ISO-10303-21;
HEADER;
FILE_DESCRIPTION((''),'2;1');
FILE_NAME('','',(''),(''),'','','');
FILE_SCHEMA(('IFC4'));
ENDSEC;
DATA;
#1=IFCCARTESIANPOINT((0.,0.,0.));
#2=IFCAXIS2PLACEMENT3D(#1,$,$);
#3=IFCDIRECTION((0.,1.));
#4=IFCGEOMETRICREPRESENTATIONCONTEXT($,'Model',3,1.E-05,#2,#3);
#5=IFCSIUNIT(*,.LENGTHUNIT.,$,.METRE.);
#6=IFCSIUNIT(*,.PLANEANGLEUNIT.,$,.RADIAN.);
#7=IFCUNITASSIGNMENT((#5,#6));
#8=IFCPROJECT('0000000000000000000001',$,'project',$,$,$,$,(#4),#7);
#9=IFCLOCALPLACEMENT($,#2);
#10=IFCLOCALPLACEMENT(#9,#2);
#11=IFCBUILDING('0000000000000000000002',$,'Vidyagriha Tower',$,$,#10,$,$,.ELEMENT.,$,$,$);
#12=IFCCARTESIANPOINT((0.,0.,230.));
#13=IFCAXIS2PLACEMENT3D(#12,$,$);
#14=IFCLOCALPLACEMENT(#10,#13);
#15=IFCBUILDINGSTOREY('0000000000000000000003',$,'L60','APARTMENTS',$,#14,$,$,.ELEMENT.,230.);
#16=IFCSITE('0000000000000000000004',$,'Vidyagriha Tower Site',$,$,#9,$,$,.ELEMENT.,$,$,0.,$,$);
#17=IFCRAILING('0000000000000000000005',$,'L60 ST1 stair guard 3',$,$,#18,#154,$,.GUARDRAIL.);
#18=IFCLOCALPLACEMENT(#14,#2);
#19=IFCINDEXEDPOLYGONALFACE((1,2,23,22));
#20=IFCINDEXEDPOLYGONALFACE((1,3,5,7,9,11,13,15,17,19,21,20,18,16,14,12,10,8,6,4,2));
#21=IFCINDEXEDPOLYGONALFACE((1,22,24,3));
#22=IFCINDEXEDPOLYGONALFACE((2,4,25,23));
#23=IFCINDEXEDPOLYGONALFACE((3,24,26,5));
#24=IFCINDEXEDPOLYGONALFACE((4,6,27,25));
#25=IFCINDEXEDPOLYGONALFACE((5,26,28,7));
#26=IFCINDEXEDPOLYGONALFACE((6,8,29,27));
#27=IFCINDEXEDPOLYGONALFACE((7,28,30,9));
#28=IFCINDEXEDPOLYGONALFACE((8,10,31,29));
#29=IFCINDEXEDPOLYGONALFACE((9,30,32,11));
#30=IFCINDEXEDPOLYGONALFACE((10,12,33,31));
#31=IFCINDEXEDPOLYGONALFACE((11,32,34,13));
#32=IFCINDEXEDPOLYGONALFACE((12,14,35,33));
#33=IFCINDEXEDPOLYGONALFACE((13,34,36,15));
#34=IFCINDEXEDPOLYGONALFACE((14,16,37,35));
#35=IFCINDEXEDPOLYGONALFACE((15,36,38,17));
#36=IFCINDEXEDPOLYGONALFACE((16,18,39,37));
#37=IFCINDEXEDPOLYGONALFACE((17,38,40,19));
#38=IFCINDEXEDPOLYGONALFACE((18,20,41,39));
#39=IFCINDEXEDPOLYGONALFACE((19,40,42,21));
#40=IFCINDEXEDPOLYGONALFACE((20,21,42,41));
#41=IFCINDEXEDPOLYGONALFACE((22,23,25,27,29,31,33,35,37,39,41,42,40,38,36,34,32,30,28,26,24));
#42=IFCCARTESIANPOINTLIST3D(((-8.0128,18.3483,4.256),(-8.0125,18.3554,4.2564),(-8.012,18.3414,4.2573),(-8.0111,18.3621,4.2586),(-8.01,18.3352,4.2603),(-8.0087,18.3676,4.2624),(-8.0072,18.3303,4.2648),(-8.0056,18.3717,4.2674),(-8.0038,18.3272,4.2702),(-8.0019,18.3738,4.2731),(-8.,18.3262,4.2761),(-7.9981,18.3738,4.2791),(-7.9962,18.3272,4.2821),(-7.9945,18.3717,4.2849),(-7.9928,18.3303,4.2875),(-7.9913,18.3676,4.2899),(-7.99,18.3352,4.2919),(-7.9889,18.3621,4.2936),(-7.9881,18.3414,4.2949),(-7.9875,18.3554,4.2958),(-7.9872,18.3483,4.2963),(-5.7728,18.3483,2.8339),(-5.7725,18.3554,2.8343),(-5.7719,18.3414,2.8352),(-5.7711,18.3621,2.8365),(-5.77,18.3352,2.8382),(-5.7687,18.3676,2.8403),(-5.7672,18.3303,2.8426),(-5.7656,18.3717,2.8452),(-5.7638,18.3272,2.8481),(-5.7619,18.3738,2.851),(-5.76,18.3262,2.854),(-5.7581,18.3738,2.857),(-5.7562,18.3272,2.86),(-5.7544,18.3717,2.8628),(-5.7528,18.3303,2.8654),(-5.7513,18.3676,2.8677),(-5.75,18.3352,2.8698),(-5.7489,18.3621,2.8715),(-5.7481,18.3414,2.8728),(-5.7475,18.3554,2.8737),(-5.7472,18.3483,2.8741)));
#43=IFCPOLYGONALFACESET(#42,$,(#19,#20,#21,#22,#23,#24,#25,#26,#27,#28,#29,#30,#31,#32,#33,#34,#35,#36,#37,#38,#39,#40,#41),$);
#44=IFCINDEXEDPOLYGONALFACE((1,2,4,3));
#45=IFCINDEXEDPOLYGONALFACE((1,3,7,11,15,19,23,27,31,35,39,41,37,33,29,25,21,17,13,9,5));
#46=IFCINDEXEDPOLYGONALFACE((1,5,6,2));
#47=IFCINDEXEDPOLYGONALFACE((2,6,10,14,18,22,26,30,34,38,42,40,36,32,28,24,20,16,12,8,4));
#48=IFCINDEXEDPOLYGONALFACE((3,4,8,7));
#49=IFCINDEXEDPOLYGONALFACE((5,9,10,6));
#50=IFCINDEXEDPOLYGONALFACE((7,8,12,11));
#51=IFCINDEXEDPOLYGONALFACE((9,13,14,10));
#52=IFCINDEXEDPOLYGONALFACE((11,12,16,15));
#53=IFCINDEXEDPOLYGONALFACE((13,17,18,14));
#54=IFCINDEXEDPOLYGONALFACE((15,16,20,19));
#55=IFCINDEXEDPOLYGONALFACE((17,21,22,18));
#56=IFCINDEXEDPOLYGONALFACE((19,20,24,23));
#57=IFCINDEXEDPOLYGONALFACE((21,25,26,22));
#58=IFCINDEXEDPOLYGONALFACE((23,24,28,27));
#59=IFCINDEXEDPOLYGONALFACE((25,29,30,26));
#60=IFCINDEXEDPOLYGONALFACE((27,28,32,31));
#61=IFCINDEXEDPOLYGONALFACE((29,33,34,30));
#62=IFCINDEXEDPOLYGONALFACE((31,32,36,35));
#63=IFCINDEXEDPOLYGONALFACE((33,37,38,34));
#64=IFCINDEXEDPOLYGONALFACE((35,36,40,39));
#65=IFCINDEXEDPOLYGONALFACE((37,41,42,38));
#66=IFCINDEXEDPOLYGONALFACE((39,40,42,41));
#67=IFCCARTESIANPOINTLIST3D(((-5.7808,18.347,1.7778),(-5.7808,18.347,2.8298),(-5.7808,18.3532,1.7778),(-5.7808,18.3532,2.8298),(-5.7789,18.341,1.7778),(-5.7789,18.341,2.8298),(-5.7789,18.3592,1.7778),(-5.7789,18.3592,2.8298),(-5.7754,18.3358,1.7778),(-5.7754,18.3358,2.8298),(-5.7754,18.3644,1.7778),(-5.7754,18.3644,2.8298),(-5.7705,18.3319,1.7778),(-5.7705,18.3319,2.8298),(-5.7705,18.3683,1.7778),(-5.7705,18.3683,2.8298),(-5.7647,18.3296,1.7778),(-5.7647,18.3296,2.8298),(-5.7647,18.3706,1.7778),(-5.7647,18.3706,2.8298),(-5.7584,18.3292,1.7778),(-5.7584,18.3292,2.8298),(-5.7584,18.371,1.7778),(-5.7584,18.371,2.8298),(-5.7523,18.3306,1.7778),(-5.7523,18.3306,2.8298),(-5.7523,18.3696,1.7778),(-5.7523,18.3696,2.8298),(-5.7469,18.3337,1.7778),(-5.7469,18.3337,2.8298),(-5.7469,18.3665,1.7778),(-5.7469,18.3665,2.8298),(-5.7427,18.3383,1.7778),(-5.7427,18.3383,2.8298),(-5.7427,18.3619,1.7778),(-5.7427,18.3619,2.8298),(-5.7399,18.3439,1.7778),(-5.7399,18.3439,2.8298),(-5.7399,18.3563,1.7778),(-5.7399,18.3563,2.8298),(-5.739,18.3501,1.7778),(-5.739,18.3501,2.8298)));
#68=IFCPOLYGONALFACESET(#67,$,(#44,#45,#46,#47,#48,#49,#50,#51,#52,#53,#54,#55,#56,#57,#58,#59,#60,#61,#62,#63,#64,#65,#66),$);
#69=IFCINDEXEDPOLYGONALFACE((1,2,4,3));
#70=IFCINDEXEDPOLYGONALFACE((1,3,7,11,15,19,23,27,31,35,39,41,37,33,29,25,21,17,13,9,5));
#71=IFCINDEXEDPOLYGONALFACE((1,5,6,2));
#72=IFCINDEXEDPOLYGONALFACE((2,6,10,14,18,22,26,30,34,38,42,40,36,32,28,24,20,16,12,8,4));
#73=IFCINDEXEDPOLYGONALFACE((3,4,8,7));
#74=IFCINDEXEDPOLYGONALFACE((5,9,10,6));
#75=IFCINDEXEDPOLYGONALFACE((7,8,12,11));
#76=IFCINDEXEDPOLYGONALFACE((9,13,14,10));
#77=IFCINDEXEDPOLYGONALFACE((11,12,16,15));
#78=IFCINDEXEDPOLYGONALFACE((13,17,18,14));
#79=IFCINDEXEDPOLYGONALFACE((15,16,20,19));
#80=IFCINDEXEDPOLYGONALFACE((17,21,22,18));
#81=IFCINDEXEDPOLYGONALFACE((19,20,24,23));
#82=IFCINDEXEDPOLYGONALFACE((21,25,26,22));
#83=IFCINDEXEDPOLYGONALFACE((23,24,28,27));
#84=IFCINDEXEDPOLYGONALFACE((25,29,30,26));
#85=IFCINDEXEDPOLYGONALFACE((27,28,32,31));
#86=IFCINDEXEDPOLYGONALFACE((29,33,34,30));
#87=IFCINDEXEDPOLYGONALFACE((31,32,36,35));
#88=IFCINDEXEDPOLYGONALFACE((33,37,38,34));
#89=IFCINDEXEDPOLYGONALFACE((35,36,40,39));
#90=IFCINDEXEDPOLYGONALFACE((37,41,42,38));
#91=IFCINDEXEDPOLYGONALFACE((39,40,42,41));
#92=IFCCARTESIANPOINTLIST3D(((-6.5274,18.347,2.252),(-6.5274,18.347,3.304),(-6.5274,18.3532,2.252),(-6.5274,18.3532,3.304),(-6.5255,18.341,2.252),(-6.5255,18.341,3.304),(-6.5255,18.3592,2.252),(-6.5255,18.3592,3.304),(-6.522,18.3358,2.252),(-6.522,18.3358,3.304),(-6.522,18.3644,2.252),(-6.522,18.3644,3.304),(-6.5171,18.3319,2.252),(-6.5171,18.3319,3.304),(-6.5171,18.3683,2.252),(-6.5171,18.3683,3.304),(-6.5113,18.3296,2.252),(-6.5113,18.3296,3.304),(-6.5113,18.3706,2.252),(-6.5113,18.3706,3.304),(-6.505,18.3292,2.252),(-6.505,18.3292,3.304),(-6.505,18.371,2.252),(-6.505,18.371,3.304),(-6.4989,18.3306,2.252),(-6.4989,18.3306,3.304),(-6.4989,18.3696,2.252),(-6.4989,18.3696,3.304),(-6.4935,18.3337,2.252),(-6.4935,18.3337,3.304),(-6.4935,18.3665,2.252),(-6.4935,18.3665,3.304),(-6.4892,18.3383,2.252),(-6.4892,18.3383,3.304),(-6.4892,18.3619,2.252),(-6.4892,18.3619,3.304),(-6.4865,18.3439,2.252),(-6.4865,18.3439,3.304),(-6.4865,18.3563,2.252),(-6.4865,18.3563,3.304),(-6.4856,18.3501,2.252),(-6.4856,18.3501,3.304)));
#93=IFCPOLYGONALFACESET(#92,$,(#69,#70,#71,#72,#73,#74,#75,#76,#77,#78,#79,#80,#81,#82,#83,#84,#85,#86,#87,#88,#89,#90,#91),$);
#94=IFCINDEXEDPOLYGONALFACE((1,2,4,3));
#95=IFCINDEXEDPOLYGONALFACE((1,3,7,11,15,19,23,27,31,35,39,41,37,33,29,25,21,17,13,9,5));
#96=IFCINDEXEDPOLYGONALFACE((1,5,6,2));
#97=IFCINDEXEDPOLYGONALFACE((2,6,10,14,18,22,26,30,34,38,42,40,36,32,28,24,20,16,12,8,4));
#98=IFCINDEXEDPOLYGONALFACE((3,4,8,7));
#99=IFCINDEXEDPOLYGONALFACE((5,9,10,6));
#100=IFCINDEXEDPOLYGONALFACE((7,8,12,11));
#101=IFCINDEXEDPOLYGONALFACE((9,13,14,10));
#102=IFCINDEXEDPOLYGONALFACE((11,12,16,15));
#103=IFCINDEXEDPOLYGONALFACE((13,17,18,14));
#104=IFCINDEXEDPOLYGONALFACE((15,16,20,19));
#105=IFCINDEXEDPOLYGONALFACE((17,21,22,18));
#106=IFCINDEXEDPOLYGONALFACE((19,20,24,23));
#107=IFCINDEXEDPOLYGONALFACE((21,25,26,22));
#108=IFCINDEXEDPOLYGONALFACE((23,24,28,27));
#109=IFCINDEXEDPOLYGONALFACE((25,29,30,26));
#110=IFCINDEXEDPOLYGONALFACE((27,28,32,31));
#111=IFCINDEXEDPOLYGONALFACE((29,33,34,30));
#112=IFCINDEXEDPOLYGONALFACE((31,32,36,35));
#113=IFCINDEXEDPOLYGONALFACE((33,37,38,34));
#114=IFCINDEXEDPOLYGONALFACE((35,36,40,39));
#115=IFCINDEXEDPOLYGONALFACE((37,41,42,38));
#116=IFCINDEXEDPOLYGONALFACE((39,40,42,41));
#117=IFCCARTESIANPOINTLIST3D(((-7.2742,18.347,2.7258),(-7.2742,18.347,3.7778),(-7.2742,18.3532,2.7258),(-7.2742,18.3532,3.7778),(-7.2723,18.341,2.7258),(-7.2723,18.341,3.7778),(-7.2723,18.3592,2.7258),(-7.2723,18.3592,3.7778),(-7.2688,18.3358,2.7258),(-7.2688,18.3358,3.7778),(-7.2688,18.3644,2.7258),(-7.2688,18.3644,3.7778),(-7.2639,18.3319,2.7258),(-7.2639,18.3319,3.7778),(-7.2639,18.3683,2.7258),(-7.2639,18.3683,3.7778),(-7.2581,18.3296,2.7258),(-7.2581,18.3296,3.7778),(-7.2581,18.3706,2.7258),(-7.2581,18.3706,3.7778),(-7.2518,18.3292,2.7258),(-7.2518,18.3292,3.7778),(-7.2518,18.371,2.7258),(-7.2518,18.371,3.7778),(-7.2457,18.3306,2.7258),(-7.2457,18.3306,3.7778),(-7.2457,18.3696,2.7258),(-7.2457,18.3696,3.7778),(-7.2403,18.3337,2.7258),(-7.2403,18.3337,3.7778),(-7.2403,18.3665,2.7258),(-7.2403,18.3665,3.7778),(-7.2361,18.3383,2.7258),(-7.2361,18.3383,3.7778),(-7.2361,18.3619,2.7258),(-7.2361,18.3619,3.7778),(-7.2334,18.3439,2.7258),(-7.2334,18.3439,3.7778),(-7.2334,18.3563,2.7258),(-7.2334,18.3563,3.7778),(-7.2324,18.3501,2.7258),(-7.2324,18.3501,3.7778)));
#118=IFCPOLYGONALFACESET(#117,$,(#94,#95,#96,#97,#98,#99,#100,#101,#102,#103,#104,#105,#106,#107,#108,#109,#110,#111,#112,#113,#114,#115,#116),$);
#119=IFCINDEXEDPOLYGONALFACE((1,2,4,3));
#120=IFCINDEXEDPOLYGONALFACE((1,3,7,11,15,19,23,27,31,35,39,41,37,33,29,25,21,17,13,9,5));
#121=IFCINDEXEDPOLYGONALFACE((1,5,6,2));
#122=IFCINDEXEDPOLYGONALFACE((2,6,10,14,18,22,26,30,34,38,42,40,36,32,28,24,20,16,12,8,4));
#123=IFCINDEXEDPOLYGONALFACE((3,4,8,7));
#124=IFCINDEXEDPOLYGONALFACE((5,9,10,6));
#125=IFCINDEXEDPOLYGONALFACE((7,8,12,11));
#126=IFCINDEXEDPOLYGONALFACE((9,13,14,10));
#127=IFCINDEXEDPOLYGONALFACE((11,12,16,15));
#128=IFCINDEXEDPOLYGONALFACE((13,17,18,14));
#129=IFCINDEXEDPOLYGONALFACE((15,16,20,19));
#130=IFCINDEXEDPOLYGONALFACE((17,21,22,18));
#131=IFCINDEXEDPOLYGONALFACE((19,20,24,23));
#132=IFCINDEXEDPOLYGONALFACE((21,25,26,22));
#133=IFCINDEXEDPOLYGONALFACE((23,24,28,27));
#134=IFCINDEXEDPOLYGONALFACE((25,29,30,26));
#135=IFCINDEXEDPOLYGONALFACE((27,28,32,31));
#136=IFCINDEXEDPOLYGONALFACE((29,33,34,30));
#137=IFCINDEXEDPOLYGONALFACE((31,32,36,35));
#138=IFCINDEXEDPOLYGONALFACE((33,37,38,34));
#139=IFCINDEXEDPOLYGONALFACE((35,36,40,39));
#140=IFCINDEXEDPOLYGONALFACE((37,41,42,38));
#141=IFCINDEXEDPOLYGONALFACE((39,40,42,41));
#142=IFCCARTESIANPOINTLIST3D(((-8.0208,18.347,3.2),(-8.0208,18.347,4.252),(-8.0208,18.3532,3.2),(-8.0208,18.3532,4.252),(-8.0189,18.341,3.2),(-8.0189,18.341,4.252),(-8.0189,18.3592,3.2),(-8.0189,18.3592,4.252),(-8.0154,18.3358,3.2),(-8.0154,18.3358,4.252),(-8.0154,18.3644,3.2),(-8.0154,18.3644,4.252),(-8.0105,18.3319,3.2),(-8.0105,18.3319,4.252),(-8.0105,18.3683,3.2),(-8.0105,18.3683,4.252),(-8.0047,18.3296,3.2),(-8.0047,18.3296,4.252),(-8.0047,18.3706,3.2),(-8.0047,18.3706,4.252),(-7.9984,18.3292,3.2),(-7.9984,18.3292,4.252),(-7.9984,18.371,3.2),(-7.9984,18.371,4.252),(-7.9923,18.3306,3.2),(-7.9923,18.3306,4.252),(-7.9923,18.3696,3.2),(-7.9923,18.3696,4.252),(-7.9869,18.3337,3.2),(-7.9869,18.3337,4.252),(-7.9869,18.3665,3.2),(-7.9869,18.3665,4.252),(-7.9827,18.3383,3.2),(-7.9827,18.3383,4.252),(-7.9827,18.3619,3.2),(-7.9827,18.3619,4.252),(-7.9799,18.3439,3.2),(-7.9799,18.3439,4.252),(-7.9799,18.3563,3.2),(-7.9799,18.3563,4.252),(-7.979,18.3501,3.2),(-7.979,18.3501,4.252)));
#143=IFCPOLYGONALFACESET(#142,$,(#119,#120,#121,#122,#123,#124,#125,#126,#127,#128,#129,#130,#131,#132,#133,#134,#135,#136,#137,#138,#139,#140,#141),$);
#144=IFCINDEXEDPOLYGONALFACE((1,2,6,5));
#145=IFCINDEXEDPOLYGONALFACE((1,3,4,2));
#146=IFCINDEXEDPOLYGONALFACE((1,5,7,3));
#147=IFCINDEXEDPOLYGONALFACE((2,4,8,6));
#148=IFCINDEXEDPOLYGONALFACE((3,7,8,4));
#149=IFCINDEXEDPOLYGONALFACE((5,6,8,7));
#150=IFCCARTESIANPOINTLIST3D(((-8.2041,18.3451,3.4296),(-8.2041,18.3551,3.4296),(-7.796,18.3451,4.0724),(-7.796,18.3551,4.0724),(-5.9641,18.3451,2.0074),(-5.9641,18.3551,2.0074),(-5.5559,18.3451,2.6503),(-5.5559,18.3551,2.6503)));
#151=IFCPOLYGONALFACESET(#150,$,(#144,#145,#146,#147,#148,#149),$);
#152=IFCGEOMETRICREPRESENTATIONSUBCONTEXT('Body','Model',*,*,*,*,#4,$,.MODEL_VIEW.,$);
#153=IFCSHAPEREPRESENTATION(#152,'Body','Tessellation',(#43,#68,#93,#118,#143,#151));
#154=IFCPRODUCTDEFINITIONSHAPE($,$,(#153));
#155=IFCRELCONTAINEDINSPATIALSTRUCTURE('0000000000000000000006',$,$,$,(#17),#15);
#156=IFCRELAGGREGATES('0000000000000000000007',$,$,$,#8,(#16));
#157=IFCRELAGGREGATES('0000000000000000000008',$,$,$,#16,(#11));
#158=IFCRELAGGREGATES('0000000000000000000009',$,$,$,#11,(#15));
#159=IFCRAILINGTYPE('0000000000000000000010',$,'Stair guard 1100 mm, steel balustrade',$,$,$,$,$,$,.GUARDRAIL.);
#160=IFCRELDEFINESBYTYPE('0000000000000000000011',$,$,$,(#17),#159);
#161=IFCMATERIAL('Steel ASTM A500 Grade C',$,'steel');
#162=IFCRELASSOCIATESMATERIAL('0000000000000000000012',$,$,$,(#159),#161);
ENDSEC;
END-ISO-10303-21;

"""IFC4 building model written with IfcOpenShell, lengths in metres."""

from ifc_helpers import new_model, si_unit, direction, frame, origin, origin_2d, place, context, subcontext, project, spatial, rectangle, circle, extrude, material, type_object, element, save


model = new_model("IFC4")

# Units and contexts
model_context = context("Model", 3, precision=1e-05, world=origin(), true_north=direction((0.0, 1.0)))
body_context = subcontext(model_context, "Body", "Model", "MODEL_VIEW")
ifc_project = project(units=[si_unit("LENGTHUNIT", "METRE"), si_unit("PLANEANGLEUNIT", "RADIAN")], contexts=[model_context])

# Site, building, storey
site_placement = place(None, origin())
site = spatial("IfcSite", under=ifc_project, at=site_placement, Name="Vidyagriha Tower Site", CompositionType="ELEMENT", RefElevation=0.0)
building_placement = place(site_placement, origin())
building = spatial("IfcBuilding", under=site, at=building_placement, Name="Vidyagriha Tower", CompositionType="ELEMENT")
storey_placement = place(building_placement, frame((0.0, 0.0, 230.0)))
storey = spatial("IfcBuildingStorey", under=building, at=storey_placement, Name="L60", Description="APARTMENTS", CompositionType="ELEMENT", Elevation=230.0)

# Railing
ifc_material_1 = material(Name="Steel ASTM A500 Grade C", Category="steel")
railing_type_1 = type_object("IfcRailingType", Name="Stair guard 1100 mm, steel balustrade", PredefinedType="GUARDRAIL", material=ifc_material_1)
railing_1_placement = place(storey_placement, frame((-5.76, 18.3501, 1.7778)))
element("IfcRailing", 1, at=railing_1_placement, inside=storey, type_object=railing_type_1, Name="L60 ST1 stair guard 3", PredefinedType="GUARDRAIL", context=body_context, shape_type="SweptSolid", body=[
    extrude(circle(Radius=0.0239, at=origin_2d()), frame((0.0, 0.0, 1.0762), z_axis=(-0.844229, 0.0, 0.535982), x_axis=(0.0, -1.0, 0.0)), (0.0, 0.0, 1.0), 2.6533),
    extrude(circle(Radius=0.021, at=origin_2d()), origin(), (0.0, 0.0, 1.0), 1.052),
    extrude(circle(Radius=0.021, at=origin_2d()), frame((-0.7466, 0.0, 0.4741)), (0.0, 0.0, 1.0), 1.052),
    extrude(circle(Radius=0.021, at=origin_2d()), frame((-1.4934, 0.0, 0.948)), (0.0, 0.0, 1.0), 1.052),
    extrude(circle(Radius=0.021, at=origin_2d()), frame((-2.24, 0.0, 1.4221)), (0.0, 0.0, 1.0), 1.052),
    extrude(rectangle(XDim=0.01, YDim=0.7615, at=origin_2d()), frame((0.0, 0.0, 0.551), z_axis=(-0.844229, 0.0, 0.535982), x_axis=(0.0, -1.0, 0.0)), (0.0, 0.0, 1.0), 2.6533),
])

save(model, "model.ifc")
